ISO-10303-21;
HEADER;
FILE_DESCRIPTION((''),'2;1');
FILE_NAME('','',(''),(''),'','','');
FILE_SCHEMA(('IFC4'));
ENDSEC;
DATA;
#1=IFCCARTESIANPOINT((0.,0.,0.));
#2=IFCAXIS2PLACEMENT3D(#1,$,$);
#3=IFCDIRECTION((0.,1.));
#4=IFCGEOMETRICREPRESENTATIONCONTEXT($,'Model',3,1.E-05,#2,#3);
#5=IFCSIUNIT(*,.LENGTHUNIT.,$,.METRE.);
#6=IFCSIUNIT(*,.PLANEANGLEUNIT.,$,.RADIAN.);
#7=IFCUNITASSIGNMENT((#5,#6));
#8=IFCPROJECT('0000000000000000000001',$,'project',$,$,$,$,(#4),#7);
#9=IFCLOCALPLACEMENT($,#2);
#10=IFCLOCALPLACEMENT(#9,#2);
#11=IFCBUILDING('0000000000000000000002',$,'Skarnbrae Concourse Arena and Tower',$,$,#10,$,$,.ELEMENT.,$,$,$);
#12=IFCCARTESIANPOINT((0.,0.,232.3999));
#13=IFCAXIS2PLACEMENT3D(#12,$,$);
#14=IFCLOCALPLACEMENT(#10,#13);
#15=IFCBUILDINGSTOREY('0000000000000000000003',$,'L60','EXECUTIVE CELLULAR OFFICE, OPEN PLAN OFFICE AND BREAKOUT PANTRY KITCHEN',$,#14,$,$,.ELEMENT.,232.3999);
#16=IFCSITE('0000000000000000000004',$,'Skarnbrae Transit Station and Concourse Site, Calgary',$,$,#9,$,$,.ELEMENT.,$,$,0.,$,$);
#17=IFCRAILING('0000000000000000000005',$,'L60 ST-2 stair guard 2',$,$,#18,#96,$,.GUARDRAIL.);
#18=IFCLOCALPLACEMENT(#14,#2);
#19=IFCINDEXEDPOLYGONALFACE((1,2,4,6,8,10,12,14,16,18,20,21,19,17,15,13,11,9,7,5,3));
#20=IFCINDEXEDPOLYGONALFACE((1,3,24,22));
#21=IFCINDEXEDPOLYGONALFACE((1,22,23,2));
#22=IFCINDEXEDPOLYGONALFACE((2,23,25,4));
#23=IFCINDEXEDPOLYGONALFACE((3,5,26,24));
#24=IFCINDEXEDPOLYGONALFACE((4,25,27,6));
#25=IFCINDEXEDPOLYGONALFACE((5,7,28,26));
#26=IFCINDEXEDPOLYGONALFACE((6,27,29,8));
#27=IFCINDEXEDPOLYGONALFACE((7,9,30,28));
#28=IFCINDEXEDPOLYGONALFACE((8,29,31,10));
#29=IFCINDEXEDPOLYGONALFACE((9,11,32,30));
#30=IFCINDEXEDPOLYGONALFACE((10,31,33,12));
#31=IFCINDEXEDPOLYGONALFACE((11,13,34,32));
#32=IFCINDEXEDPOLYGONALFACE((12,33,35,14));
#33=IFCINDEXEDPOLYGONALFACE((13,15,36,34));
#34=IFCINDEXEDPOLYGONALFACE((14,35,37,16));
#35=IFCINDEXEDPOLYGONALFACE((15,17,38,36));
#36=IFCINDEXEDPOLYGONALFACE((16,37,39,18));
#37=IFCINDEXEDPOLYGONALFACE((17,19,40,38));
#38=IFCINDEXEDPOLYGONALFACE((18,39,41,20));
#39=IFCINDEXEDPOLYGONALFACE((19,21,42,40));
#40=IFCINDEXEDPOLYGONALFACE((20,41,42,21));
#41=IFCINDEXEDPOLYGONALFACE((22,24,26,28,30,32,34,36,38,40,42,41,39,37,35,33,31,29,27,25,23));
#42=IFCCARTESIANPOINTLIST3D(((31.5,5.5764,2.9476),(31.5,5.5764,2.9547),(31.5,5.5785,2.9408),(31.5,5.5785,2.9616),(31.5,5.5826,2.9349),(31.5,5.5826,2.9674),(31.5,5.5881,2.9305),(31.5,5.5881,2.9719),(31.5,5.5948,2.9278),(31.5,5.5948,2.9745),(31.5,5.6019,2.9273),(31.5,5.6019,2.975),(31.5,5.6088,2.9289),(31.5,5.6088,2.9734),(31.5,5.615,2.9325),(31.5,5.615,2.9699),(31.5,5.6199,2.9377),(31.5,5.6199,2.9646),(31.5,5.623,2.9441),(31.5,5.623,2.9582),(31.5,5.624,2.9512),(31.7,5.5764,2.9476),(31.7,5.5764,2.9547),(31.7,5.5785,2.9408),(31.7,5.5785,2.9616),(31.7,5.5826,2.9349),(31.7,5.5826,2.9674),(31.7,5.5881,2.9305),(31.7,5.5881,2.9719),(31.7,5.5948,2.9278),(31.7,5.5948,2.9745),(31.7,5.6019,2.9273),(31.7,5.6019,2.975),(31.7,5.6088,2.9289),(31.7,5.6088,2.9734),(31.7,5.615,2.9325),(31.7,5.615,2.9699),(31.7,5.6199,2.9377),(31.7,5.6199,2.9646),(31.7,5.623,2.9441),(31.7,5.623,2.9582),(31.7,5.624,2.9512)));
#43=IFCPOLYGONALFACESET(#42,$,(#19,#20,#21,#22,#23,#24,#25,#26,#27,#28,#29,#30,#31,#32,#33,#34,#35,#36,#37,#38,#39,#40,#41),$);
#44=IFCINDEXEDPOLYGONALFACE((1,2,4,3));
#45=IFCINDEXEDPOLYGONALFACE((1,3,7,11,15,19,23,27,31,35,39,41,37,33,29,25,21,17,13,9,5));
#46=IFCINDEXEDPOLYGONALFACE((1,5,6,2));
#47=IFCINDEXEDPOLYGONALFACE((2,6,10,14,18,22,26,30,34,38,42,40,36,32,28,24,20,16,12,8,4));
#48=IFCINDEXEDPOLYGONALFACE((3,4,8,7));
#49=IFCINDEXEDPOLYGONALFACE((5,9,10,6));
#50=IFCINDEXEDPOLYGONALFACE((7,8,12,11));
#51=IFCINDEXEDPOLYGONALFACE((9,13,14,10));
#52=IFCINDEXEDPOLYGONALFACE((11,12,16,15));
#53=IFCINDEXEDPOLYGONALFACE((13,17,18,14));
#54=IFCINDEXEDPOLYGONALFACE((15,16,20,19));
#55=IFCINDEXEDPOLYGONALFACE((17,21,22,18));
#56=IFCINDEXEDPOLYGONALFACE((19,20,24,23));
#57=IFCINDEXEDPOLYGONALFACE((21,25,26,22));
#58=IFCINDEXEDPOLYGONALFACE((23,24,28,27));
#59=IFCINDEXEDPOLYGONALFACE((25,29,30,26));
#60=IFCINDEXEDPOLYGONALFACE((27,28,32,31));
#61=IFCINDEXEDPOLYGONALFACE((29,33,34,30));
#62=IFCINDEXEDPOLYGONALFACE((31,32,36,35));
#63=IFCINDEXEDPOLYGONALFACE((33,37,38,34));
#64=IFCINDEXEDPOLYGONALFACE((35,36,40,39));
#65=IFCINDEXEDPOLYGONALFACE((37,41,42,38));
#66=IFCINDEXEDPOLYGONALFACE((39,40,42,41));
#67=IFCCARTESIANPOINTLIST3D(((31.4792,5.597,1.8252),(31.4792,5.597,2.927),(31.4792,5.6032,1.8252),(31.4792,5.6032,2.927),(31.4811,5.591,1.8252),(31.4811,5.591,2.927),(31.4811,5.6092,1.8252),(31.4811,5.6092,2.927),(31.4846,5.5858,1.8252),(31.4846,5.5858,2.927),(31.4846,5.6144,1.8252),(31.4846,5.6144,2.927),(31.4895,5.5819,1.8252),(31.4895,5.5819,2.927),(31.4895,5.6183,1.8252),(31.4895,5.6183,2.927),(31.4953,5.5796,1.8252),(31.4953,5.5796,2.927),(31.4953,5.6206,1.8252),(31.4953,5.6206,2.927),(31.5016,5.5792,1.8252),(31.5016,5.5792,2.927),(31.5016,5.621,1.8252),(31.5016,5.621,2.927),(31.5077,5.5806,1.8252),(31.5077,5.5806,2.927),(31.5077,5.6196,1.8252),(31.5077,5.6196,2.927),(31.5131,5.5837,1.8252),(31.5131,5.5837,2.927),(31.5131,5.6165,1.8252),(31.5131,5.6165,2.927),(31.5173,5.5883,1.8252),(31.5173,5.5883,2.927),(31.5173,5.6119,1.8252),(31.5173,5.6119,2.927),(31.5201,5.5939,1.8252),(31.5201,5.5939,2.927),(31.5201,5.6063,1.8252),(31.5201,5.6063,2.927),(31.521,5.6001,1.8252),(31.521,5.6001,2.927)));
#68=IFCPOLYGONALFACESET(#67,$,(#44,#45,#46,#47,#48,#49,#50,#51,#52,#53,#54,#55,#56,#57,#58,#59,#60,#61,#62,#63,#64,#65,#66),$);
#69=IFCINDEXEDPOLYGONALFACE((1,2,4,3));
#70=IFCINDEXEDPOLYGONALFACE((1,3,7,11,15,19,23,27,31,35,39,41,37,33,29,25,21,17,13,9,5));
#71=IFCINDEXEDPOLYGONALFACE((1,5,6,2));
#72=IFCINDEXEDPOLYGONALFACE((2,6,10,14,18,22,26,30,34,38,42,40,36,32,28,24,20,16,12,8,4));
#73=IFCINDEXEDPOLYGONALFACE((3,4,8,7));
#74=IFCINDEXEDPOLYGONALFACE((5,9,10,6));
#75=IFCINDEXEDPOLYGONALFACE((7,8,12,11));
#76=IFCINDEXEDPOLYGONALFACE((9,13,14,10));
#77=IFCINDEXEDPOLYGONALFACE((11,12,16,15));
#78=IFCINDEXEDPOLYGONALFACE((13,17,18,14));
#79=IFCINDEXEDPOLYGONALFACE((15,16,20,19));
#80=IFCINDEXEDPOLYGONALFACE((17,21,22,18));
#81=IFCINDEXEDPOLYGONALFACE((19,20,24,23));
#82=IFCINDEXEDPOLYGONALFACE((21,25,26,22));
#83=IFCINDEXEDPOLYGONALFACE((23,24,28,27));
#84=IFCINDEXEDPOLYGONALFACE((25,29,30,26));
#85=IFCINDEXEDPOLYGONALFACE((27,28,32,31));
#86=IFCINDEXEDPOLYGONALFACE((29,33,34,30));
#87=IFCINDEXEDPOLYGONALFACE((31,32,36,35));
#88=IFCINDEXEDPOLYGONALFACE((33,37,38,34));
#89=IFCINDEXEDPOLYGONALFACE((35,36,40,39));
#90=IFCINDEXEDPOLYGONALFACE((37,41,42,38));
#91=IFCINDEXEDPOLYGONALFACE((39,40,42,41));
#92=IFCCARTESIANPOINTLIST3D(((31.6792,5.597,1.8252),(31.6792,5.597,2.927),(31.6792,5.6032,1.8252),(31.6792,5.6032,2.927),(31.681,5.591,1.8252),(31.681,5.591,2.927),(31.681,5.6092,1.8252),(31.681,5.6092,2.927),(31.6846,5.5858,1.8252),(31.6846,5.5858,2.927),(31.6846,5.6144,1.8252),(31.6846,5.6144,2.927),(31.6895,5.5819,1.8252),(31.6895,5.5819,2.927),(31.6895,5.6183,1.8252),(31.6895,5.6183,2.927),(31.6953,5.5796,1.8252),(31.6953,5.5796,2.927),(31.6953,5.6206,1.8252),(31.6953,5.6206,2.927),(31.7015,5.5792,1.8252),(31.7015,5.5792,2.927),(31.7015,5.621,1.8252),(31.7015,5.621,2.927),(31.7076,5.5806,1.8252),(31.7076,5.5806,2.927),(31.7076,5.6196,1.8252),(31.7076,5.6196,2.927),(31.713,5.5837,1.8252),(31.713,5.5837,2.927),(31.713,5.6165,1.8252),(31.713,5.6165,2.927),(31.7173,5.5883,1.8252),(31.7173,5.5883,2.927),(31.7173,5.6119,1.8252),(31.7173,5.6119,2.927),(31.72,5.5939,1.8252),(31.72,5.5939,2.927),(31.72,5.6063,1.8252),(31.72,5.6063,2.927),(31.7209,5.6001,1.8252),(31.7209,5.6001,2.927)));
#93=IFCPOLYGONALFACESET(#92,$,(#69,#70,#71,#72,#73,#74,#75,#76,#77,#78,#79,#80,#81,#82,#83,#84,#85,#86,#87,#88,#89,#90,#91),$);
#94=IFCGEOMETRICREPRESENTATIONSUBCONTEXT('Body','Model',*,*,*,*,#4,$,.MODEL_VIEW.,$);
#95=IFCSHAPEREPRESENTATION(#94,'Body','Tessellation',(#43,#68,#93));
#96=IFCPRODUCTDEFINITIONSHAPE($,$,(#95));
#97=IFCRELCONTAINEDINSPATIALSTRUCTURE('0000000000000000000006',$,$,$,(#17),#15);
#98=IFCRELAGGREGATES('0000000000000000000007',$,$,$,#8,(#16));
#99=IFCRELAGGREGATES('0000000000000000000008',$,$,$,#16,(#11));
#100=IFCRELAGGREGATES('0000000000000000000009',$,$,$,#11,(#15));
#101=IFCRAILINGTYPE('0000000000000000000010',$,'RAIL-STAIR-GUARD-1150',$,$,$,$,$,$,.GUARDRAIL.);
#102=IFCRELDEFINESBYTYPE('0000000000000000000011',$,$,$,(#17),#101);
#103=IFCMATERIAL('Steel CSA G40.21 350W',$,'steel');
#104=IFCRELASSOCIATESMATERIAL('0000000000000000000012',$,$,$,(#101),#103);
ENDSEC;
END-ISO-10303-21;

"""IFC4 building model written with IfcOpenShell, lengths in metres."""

from ifc_helpers import new_model, si_unit, direction, frame, origin, origin_2d, place, context, subcontext, project, spatial, circle, extrude, material, type_object, element, save


model = new_model("IFC4")

# Units and contexts
model_context = context("Model", 3, precision=1e-05, world=origin(), true_north=direction((0.0, 1.0)))
body_context = subcontext(model_context, "Body", "Model", "MODEL_VIEW")
ifc_project = project(units=[si_unit("LENGTHUNIT", "METRE"), si_unit("PLANEANGLEUNIT", "RADIAN")], contexts=[model_context])

# Site, building, storey
site_placement = place(None, origin())
site = spatial("IfcSite", under=ifc_project, at=site_placement, Name="Skarnbrae Transit Station and Concourse Site, Calgary", CompositionType="ELEMENT", RefElevation=0.0)
building_placement = place(site_placement, origin())
building = spatial("IfcBuilding", under=site, at=building_placement, Name="Skarnbrae Concourse Arena and Tower", CompositionType="ELEMENT")
storey_placement = place(building_placement, frame((0.0, 0.0, 232.3999)))
storey = spatial("IfcBuildingStorey", under=building, at=storey_placement, Name="L60", Description="EXECUTIVE CELLULAR OFFICE, OPEN PLAN OFFICE AND BREAKOUT PANTRY KITCHEN", CompositionType="ELEMENT", Elevation=232.3999)

# Shared definitions
ifc_material_1 = material(Name="Steel CSA G40.21 350W", Category="steel")

# Railing
railing_type_1 = type_object("IfcRailingType", Name="RAIL-STAIR-GUARD-1150", PredefinedType="GUARDRAIL", material=ifc_material_1)
railing_1_placement = place(storey_placement, frame((31.5, 5.6001, 1.8252)))
element("IfcRailing", 1, at=railing_1_placement, inside=storey, type_object=railing_type_1, Name="L60 ST-2 stair guard 2", PredefinedType="GUARDRAIL", context=body_context, shape_type="SweptSolid", body=[
    extrude(circle(Radius=0.0239, at=origin_2d()), frame((0.0, 0.0, 1.126), z_axis=(1.0, 0.0, 0.0), x_axis=(0.0, 1.0, 0.0)), (0.0, 0.0, 1.0), 0.2),
    extrude(circle(Radius=0.021, at=origin_2d()), origin(), (0.0, 0.0, 1.0), 1.1018),
    extrude(circle(Radius=0.021, at=origin_2d()), frame((0.2, 0.0, 0.0)), (0.0, 0.0, 1.0), 1.1018),
])

save(model, "model.ifc")
